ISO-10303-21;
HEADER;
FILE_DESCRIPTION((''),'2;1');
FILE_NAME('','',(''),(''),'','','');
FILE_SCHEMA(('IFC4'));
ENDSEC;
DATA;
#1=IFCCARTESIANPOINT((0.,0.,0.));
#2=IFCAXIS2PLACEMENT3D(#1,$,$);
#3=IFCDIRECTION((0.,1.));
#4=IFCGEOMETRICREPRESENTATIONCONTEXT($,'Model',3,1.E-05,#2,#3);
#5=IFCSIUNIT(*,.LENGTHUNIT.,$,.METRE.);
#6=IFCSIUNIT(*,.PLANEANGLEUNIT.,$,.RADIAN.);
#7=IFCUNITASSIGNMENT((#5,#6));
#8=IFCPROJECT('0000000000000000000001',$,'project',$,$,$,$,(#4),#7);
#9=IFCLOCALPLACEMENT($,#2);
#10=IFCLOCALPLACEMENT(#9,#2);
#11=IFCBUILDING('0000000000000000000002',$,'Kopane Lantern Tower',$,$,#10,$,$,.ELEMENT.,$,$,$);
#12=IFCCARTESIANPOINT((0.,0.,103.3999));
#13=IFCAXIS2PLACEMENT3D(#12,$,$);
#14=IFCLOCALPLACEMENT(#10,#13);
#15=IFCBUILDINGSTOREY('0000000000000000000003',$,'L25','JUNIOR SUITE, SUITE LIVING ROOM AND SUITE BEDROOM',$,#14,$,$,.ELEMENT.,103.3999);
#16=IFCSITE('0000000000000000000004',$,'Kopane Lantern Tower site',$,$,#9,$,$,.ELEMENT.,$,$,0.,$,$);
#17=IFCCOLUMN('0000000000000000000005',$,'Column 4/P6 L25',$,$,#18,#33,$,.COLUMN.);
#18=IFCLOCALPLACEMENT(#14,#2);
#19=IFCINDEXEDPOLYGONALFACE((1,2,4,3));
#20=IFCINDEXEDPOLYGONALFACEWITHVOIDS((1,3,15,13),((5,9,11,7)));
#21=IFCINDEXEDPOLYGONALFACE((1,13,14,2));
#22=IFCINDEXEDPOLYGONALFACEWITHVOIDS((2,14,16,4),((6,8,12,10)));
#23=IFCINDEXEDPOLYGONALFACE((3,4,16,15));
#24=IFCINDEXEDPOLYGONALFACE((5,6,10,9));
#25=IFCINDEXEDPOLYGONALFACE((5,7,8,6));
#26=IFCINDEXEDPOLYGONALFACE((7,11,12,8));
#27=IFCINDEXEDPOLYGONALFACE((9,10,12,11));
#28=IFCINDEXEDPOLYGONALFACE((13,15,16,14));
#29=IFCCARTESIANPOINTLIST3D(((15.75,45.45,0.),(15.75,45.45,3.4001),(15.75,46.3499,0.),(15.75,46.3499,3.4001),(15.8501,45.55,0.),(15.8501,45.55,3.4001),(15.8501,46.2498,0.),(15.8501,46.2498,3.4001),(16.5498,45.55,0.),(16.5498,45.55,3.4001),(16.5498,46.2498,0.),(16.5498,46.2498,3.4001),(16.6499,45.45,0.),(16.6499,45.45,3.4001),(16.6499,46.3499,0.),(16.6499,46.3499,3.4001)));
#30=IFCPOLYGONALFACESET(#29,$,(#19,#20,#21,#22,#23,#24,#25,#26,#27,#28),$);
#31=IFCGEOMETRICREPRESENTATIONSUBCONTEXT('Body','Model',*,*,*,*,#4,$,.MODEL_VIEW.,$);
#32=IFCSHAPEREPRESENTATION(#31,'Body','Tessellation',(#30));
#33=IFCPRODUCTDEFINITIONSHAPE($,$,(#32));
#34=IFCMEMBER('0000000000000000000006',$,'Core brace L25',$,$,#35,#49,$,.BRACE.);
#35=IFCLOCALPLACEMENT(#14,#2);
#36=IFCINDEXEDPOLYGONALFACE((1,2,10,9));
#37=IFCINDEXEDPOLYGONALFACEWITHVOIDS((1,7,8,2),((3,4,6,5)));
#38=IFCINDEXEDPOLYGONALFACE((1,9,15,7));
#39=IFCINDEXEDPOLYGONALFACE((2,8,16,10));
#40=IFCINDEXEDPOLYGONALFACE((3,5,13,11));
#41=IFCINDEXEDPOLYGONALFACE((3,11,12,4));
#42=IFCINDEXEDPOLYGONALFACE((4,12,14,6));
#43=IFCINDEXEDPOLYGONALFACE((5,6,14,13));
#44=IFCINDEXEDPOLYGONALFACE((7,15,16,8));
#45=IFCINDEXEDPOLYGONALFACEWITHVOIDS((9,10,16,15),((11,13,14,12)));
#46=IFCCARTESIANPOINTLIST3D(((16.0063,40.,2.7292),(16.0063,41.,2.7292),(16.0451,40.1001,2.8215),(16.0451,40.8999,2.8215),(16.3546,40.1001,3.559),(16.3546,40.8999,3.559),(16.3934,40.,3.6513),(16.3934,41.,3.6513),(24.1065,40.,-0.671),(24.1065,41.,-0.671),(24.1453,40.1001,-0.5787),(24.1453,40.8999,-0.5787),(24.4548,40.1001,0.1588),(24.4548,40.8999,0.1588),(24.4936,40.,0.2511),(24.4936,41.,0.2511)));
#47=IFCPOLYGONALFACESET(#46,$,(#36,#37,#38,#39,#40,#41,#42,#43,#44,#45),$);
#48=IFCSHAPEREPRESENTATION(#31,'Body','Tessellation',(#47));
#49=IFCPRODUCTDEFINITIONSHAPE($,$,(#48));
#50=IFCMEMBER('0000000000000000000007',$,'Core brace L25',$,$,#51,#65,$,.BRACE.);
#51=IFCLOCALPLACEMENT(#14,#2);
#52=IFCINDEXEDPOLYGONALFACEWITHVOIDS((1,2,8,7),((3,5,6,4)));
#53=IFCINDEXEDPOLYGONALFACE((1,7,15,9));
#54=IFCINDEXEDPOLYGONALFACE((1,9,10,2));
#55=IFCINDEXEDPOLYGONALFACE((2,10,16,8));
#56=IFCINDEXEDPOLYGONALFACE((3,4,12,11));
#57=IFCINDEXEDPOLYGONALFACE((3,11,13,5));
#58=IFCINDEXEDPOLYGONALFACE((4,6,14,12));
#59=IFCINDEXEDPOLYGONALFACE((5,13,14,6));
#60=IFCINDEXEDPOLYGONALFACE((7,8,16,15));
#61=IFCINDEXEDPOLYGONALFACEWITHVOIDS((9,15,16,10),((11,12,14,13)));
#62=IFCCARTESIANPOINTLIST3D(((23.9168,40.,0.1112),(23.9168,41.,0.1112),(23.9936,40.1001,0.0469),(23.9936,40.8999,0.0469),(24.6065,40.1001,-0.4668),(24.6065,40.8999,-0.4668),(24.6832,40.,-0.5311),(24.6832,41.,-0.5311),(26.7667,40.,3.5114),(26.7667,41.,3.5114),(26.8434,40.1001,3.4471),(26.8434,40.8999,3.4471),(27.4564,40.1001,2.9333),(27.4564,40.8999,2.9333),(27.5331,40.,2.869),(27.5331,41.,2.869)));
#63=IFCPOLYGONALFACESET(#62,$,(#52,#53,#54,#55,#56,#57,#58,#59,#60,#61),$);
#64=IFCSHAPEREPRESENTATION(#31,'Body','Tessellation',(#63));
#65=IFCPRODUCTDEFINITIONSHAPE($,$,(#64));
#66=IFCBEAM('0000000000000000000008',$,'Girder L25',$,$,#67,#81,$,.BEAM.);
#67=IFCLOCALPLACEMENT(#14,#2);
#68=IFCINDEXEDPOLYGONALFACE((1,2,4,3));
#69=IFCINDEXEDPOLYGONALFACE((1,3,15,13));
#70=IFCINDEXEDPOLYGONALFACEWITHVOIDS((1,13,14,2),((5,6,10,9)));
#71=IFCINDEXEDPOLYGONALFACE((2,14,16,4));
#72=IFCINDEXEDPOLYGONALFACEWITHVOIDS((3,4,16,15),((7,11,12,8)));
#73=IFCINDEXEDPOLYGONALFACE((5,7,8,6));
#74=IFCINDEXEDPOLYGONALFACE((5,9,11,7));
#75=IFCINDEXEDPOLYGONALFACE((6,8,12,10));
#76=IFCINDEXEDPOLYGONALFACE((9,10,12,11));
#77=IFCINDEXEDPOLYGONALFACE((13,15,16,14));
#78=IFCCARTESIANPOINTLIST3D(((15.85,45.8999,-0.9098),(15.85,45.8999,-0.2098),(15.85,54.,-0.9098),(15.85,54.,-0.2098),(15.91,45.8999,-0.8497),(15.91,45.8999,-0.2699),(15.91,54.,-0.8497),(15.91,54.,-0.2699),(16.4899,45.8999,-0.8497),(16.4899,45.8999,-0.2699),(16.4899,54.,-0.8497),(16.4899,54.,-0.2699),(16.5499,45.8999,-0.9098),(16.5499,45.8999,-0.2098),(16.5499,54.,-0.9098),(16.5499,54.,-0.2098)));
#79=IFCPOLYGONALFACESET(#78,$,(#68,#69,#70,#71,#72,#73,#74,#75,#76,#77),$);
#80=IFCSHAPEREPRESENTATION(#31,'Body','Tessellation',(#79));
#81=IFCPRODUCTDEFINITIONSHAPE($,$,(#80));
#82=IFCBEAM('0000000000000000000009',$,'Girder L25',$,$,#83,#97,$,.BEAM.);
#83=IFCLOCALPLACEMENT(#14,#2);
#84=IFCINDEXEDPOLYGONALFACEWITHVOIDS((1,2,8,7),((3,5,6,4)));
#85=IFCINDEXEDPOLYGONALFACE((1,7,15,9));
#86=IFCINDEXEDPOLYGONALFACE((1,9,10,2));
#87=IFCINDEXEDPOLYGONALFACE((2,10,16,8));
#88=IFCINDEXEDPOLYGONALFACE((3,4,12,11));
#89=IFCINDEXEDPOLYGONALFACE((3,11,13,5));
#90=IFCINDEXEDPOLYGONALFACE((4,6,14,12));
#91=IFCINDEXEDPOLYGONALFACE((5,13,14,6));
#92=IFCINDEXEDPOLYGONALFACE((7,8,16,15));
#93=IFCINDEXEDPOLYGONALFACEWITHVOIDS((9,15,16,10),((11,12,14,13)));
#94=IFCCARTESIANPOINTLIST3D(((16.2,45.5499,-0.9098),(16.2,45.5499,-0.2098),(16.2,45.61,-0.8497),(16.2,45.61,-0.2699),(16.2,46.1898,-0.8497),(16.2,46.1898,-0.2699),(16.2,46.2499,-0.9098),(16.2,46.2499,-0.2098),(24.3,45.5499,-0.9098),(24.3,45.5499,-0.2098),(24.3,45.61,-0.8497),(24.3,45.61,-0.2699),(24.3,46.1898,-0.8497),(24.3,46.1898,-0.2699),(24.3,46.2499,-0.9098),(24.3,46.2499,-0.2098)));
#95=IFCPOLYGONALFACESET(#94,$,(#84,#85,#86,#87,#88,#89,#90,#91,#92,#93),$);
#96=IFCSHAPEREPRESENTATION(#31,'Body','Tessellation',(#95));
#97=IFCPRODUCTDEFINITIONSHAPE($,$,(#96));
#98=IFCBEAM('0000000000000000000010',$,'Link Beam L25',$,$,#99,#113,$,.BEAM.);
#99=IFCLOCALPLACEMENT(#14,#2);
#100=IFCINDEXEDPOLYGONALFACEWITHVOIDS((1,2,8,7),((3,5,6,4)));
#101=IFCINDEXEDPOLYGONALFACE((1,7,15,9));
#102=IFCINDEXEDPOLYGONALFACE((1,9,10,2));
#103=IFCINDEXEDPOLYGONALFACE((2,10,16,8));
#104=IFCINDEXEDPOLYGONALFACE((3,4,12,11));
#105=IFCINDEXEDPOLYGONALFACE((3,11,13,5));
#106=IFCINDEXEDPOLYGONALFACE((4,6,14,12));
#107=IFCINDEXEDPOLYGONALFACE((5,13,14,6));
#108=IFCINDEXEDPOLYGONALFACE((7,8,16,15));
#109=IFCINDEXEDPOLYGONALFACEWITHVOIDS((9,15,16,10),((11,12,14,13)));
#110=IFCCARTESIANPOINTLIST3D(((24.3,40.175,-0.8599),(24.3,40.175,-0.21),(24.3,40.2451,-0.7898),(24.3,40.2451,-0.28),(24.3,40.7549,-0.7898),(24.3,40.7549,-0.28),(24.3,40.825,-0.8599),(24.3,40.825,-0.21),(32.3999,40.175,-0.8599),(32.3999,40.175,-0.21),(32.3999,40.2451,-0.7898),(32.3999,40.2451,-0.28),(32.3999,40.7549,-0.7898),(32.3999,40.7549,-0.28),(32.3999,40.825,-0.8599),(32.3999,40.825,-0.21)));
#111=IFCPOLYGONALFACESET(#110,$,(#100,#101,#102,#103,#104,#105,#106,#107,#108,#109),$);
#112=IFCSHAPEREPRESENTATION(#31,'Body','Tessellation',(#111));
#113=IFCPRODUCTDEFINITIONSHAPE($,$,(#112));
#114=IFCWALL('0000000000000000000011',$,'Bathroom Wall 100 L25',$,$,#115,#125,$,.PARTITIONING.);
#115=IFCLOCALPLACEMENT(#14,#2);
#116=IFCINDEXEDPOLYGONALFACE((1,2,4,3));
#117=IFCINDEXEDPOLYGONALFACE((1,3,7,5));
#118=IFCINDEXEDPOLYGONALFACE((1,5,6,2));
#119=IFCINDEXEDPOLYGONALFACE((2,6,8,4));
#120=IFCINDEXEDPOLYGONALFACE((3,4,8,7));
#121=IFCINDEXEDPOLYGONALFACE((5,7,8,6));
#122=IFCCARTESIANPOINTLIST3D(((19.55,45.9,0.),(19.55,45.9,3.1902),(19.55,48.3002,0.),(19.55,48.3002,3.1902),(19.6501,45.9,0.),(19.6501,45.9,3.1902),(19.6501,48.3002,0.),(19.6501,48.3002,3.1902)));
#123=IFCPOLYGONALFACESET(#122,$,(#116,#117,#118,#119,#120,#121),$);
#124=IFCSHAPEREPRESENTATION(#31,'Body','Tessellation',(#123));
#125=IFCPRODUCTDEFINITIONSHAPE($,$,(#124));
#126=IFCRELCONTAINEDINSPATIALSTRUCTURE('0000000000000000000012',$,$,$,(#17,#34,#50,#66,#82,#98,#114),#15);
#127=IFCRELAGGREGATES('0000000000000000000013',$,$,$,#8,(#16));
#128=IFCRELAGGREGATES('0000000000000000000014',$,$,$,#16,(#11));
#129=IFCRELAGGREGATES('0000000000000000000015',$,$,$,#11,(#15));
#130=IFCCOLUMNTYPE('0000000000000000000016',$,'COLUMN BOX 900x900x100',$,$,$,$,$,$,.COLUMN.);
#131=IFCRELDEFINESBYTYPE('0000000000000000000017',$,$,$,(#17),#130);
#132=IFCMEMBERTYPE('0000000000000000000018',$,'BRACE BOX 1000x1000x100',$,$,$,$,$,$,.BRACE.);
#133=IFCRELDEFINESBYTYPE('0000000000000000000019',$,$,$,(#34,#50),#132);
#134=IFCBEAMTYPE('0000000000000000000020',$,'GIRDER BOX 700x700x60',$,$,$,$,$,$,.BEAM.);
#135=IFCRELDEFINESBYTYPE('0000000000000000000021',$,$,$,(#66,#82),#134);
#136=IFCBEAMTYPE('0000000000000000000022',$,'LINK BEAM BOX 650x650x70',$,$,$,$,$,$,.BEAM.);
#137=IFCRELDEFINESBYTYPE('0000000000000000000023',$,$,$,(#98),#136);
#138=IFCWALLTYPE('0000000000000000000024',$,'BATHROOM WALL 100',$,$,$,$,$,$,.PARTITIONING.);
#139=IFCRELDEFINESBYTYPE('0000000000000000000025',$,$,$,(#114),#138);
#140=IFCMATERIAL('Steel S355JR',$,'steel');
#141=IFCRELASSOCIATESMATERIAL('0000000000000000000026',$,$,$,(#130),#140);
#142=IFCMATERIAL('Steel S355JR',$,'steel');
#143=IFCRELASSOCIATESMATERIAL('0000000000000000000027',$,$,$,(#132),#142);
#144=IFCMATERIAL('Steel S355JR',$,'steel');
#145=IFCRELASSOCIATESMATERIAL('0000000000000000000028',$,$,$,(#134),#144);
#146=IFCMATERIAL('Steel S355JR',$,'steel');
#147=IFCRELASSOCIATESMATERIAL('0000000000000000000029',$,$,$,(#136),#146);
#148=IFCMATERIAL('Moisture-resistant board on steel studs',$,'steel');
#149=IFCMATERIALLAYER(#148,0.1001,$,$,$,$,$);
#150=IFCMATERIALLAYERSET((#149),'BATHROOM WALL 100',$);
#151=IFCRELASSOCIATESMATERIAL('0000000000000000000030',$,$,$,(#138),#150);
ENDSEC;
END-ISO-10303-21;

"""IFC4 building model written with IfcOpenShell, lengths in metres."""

from ifc_helpers import new_model, si_unit, direction, frame, frame_2d, origin, origin_2d, place, context, subcontext, project, spatial, rectangle, hollow_rectangle, extrude, material, layer, layer_set, material_profile, profile_set, type_object, element, save


model = new_model("IFC4")

# Units and contexts
model_context = context("Model", 3, precision=1e-05, world=origin(), true_north=direction((0.0, 1.0)))
body_context = subcontext(model_context, "Body", "Model", "MODEL_VIEW")
ifc_project = project(units=[si_unit("LENGTHUNIT", "METRE"), si_unit("PLANEANGLEUNIT", "RADIAN")], contexts=[model_context])

# Site, building, storey
site_placement = place(None, origin())
site = spatial("IfcSite", under=ifc_project, at=site_placement, Name="Kopane Lantern Tower site", CompositionType="ELEMENT", RefElevation=0.0)
building_placement = place(site_placement, origin())
building = spatial("IfcBuilding", under=site, at=building_placement, Name="Kopane Lantern Tower", CompositionType="ELEMENT")
storey_placement = place(building_placement, frame((0.0, 0.0, 103.3999)))
storey = spatial("IfcBuildingStorey", under=building, at=storey_placement, Name="L25", Description="JUNIOR SUITE, SUITE LIVING ROOM AND SUITE BEDROOM", CompositionType="ELEMENT", Elevation=103.3999)

# Column
ifc_material_1 = material(Name="Steel S355JR", Category="steel")
ifc_material_profile_1 = material_profile(ifc_material_1, hollow_rectangle(XDim=0.8999, YDim=0.8999, WallThickness=0.1001, at=origin_2d()), Name="BOX 900x900x100")
ifc_profile_set_1 = profile_set([ifc_material_profile_1], Name="Steel S355JR")
column_type = type_object("IfcColumnType", Name="COLUMN BOX 900x900x100", PredefinedType="COLUMN", material=ifc_profile_set_1)
column_placement = place(storey_placement, frame((16.2, 45.8999, 0.0), z_axis=(0.0, 0.0, 1.0), x_axis=(1.0, 0.0, 0.0)))
element("IfcColumn", 1, at=column_placement, inside=storey, type_object=column_type, Name="Column 4/P6 L25", PredefinedType="COLUMN", context=body_context, shape_type="SweptSolid", body=[
    extrude(hollow_rectangle(XDim=0.8999, YDim=0.8999, WallThickness=0.1001, at=origin_2d()), origin(), (0.0, 0.0, 1.0), 3.4001),
])

# Members
ifc_material_2 = material(Name="Steel S355JR", Category="steel")
ifc_material_profile_2 = material_profile(ifc_material_2, hollow_rectangle(XDim=1.0, YDim=1.0, WallThickness=0.1001, at=origin_2d()), Name="BOX 1000x1000x100")
ifc_profile_set_2 = profile_set([ifc_material_profile_2], Name="Steel S355JR")
member_type = type_object("IfcMemberType", Name="BRACE BOX 1000x1000x100", PredefinedType="BRACE", material=ifc_profile_set_2)
member_1_placement = place(storey_placement, frame((24.3, 40.5, -0.21), z_axis=(-0.922059, 0.0, 0.387049), x_axis=(0.0, -1.0, 0.0)))
element("IfcMember", 2, at=member_1_placement, inside=storey, type_object=member_type, Name="Core brace L25", PredefinedType="BRACE", context=body_context, shape_type="SweptSolid", body=[
    extrude(hollow_rectangle(XDim=1.0, YDim=1.0, WallThickness=0.1001, at=origin_2d()), origin(), (0.0, 0.0, 1.0), 8.7849),
])
member_2_placement = place(storey_placement, frame((24.3, 40.5, -0.21), z_axis=(0.642363, 0.0, 0.7664), x_axis=(0.0, 1.0, 0.0)))
element("IfcMember", 3, at=member_2_placement, inside=storey, type_object=member_type, Name="Core brace L25", PredefinedType="BRACE", context=body_context, shape_type="SweptSolid", body=[
    extrude(hollow_rectangle(XDim=1.0, YDim=1.0, WallThickness=0.1001, at=origin_2d()), origin(), (0.0, 0.0, 1.0), 4.4365),
])

# Beams
ifc_material_3 = material(Name="Steel S355JR", Category="steel")
ifc_material_profile_3 = material_profile(ifc_material_3, hollow_rectangle(XDim=0.7, YDim=0.7, WallThickness=0.0601, at=origin_2d()), Name="BOX 700x700x60")
ifc_profile_set_3 = profile_set([ifc_material_profile_3], Name="Steel S355JR")
beam_type_1 = type_object("IfcBeamType", Name="GIRDER BOX 700x700x60", PredefinedType="BEAM", material=ifc_profile_set_3)
for number, where, z_axis, x_axis, name in (
    (4, (16.2, 45.8999, -0.5598), (0.0, 1.0, 0.0), (-1.0, 0.0, 0.0), "Girder L25"),
    (5, (16.2, 45.8999, -0.5598), (1.0, 0.0, 0.0), (0.0, 1.0, 0.0), "Girder L25"),
):
    element("IfcBeam", number, at=place(storey_placement, frame(where, z_axis=z_axis, x_axis=x_axis)), inside=storey, type_object=beam_type_1, Name=name, PredefinedType="BEAM", context=body_context, shape_type="SweptSolid", body=[
        extrude(hollow_rectangle(XDim=0.7, YDim=0.7, WallThickness=0.0601, at=origin_2d()), origin(), (0.0, 0.0, 1.0), 8.1001),
    ])
ifc_material_4 = material(Name="Steel S355JR", Category="steel")
ifc_material_profile_4 = material_profile(ifc_material_4, hollow_rectangle(XDim=0.6499, YDim=0.6499, WallThickness=0.0701, at=origin_2d()), Name="BOX 650x650x70")
ifc_profile_set_4 = profile_set([ifc_material_profile_4], Name="Steel S355JR")
beam_type_2 = type_object("IfcBeamType", Name="LINK BEAM BOX 650x650x70", PredefinedType="BEAM", material=ifc_profile_set_4)
beam_placement = place(storey_placement, frame((24.3, 40.5, -0.5349), z_axis=(1.0, 0.0, 0.0), x_axis=(0.0, 1.0, 0.0)))
element("IfcBeam", 6, at=beam_placement, inside=storey, type_object=beam_type_2, Name="Link Beam L25", PredefinedType="BEAM", context=body_context, shape_type="SweptSolid", body=[
    extrude(hollow_rectangle(XDim=0.6499, YDim=0.6499, WallThickness=0.0701, at=origin_2d()), origin(), (0.0, 0.0, 1.0), 8.0999),
])

# Wall
ifc_material_5 = material(Name="Moisture-resistant board on steel studs", Category="steel")
ifc_layer_1 = layer(ifc_material_5, 0.1001)
ifc_layer_set_1 = layer_set([ifc_layer_1], Name="BATHROOM WALL 100")
wall_type_1 = type_object("IfcWallType", Name="BATHROOM WALL 100", PredefinedType="PARTITIONING", material=ifc_layer_set_1)
wall_1_placement = place(storey_placement, frame((19.6001, 45.8999, 0.0), z_axis=(0.0, 0.0, 1.0), x_axis=(0.0, 1.0, 0.0)))
element("IfcWall", 7, at=wall_1_placement, inside=storey, type_object=wall_type_1, Name="Bathroom Wall 100 L25", PredefinedType="PARTITIONING", context=body_context, shape_type="SweptSolid", body=[
    extrude(rectangle(XDim=2.4001, YDim=0.1001, at=frame_2d((1.2002, 0.0))), origin(), (0.0, 0.0, 1.0), 3.1902),
])

save(model, "model.ifc")
